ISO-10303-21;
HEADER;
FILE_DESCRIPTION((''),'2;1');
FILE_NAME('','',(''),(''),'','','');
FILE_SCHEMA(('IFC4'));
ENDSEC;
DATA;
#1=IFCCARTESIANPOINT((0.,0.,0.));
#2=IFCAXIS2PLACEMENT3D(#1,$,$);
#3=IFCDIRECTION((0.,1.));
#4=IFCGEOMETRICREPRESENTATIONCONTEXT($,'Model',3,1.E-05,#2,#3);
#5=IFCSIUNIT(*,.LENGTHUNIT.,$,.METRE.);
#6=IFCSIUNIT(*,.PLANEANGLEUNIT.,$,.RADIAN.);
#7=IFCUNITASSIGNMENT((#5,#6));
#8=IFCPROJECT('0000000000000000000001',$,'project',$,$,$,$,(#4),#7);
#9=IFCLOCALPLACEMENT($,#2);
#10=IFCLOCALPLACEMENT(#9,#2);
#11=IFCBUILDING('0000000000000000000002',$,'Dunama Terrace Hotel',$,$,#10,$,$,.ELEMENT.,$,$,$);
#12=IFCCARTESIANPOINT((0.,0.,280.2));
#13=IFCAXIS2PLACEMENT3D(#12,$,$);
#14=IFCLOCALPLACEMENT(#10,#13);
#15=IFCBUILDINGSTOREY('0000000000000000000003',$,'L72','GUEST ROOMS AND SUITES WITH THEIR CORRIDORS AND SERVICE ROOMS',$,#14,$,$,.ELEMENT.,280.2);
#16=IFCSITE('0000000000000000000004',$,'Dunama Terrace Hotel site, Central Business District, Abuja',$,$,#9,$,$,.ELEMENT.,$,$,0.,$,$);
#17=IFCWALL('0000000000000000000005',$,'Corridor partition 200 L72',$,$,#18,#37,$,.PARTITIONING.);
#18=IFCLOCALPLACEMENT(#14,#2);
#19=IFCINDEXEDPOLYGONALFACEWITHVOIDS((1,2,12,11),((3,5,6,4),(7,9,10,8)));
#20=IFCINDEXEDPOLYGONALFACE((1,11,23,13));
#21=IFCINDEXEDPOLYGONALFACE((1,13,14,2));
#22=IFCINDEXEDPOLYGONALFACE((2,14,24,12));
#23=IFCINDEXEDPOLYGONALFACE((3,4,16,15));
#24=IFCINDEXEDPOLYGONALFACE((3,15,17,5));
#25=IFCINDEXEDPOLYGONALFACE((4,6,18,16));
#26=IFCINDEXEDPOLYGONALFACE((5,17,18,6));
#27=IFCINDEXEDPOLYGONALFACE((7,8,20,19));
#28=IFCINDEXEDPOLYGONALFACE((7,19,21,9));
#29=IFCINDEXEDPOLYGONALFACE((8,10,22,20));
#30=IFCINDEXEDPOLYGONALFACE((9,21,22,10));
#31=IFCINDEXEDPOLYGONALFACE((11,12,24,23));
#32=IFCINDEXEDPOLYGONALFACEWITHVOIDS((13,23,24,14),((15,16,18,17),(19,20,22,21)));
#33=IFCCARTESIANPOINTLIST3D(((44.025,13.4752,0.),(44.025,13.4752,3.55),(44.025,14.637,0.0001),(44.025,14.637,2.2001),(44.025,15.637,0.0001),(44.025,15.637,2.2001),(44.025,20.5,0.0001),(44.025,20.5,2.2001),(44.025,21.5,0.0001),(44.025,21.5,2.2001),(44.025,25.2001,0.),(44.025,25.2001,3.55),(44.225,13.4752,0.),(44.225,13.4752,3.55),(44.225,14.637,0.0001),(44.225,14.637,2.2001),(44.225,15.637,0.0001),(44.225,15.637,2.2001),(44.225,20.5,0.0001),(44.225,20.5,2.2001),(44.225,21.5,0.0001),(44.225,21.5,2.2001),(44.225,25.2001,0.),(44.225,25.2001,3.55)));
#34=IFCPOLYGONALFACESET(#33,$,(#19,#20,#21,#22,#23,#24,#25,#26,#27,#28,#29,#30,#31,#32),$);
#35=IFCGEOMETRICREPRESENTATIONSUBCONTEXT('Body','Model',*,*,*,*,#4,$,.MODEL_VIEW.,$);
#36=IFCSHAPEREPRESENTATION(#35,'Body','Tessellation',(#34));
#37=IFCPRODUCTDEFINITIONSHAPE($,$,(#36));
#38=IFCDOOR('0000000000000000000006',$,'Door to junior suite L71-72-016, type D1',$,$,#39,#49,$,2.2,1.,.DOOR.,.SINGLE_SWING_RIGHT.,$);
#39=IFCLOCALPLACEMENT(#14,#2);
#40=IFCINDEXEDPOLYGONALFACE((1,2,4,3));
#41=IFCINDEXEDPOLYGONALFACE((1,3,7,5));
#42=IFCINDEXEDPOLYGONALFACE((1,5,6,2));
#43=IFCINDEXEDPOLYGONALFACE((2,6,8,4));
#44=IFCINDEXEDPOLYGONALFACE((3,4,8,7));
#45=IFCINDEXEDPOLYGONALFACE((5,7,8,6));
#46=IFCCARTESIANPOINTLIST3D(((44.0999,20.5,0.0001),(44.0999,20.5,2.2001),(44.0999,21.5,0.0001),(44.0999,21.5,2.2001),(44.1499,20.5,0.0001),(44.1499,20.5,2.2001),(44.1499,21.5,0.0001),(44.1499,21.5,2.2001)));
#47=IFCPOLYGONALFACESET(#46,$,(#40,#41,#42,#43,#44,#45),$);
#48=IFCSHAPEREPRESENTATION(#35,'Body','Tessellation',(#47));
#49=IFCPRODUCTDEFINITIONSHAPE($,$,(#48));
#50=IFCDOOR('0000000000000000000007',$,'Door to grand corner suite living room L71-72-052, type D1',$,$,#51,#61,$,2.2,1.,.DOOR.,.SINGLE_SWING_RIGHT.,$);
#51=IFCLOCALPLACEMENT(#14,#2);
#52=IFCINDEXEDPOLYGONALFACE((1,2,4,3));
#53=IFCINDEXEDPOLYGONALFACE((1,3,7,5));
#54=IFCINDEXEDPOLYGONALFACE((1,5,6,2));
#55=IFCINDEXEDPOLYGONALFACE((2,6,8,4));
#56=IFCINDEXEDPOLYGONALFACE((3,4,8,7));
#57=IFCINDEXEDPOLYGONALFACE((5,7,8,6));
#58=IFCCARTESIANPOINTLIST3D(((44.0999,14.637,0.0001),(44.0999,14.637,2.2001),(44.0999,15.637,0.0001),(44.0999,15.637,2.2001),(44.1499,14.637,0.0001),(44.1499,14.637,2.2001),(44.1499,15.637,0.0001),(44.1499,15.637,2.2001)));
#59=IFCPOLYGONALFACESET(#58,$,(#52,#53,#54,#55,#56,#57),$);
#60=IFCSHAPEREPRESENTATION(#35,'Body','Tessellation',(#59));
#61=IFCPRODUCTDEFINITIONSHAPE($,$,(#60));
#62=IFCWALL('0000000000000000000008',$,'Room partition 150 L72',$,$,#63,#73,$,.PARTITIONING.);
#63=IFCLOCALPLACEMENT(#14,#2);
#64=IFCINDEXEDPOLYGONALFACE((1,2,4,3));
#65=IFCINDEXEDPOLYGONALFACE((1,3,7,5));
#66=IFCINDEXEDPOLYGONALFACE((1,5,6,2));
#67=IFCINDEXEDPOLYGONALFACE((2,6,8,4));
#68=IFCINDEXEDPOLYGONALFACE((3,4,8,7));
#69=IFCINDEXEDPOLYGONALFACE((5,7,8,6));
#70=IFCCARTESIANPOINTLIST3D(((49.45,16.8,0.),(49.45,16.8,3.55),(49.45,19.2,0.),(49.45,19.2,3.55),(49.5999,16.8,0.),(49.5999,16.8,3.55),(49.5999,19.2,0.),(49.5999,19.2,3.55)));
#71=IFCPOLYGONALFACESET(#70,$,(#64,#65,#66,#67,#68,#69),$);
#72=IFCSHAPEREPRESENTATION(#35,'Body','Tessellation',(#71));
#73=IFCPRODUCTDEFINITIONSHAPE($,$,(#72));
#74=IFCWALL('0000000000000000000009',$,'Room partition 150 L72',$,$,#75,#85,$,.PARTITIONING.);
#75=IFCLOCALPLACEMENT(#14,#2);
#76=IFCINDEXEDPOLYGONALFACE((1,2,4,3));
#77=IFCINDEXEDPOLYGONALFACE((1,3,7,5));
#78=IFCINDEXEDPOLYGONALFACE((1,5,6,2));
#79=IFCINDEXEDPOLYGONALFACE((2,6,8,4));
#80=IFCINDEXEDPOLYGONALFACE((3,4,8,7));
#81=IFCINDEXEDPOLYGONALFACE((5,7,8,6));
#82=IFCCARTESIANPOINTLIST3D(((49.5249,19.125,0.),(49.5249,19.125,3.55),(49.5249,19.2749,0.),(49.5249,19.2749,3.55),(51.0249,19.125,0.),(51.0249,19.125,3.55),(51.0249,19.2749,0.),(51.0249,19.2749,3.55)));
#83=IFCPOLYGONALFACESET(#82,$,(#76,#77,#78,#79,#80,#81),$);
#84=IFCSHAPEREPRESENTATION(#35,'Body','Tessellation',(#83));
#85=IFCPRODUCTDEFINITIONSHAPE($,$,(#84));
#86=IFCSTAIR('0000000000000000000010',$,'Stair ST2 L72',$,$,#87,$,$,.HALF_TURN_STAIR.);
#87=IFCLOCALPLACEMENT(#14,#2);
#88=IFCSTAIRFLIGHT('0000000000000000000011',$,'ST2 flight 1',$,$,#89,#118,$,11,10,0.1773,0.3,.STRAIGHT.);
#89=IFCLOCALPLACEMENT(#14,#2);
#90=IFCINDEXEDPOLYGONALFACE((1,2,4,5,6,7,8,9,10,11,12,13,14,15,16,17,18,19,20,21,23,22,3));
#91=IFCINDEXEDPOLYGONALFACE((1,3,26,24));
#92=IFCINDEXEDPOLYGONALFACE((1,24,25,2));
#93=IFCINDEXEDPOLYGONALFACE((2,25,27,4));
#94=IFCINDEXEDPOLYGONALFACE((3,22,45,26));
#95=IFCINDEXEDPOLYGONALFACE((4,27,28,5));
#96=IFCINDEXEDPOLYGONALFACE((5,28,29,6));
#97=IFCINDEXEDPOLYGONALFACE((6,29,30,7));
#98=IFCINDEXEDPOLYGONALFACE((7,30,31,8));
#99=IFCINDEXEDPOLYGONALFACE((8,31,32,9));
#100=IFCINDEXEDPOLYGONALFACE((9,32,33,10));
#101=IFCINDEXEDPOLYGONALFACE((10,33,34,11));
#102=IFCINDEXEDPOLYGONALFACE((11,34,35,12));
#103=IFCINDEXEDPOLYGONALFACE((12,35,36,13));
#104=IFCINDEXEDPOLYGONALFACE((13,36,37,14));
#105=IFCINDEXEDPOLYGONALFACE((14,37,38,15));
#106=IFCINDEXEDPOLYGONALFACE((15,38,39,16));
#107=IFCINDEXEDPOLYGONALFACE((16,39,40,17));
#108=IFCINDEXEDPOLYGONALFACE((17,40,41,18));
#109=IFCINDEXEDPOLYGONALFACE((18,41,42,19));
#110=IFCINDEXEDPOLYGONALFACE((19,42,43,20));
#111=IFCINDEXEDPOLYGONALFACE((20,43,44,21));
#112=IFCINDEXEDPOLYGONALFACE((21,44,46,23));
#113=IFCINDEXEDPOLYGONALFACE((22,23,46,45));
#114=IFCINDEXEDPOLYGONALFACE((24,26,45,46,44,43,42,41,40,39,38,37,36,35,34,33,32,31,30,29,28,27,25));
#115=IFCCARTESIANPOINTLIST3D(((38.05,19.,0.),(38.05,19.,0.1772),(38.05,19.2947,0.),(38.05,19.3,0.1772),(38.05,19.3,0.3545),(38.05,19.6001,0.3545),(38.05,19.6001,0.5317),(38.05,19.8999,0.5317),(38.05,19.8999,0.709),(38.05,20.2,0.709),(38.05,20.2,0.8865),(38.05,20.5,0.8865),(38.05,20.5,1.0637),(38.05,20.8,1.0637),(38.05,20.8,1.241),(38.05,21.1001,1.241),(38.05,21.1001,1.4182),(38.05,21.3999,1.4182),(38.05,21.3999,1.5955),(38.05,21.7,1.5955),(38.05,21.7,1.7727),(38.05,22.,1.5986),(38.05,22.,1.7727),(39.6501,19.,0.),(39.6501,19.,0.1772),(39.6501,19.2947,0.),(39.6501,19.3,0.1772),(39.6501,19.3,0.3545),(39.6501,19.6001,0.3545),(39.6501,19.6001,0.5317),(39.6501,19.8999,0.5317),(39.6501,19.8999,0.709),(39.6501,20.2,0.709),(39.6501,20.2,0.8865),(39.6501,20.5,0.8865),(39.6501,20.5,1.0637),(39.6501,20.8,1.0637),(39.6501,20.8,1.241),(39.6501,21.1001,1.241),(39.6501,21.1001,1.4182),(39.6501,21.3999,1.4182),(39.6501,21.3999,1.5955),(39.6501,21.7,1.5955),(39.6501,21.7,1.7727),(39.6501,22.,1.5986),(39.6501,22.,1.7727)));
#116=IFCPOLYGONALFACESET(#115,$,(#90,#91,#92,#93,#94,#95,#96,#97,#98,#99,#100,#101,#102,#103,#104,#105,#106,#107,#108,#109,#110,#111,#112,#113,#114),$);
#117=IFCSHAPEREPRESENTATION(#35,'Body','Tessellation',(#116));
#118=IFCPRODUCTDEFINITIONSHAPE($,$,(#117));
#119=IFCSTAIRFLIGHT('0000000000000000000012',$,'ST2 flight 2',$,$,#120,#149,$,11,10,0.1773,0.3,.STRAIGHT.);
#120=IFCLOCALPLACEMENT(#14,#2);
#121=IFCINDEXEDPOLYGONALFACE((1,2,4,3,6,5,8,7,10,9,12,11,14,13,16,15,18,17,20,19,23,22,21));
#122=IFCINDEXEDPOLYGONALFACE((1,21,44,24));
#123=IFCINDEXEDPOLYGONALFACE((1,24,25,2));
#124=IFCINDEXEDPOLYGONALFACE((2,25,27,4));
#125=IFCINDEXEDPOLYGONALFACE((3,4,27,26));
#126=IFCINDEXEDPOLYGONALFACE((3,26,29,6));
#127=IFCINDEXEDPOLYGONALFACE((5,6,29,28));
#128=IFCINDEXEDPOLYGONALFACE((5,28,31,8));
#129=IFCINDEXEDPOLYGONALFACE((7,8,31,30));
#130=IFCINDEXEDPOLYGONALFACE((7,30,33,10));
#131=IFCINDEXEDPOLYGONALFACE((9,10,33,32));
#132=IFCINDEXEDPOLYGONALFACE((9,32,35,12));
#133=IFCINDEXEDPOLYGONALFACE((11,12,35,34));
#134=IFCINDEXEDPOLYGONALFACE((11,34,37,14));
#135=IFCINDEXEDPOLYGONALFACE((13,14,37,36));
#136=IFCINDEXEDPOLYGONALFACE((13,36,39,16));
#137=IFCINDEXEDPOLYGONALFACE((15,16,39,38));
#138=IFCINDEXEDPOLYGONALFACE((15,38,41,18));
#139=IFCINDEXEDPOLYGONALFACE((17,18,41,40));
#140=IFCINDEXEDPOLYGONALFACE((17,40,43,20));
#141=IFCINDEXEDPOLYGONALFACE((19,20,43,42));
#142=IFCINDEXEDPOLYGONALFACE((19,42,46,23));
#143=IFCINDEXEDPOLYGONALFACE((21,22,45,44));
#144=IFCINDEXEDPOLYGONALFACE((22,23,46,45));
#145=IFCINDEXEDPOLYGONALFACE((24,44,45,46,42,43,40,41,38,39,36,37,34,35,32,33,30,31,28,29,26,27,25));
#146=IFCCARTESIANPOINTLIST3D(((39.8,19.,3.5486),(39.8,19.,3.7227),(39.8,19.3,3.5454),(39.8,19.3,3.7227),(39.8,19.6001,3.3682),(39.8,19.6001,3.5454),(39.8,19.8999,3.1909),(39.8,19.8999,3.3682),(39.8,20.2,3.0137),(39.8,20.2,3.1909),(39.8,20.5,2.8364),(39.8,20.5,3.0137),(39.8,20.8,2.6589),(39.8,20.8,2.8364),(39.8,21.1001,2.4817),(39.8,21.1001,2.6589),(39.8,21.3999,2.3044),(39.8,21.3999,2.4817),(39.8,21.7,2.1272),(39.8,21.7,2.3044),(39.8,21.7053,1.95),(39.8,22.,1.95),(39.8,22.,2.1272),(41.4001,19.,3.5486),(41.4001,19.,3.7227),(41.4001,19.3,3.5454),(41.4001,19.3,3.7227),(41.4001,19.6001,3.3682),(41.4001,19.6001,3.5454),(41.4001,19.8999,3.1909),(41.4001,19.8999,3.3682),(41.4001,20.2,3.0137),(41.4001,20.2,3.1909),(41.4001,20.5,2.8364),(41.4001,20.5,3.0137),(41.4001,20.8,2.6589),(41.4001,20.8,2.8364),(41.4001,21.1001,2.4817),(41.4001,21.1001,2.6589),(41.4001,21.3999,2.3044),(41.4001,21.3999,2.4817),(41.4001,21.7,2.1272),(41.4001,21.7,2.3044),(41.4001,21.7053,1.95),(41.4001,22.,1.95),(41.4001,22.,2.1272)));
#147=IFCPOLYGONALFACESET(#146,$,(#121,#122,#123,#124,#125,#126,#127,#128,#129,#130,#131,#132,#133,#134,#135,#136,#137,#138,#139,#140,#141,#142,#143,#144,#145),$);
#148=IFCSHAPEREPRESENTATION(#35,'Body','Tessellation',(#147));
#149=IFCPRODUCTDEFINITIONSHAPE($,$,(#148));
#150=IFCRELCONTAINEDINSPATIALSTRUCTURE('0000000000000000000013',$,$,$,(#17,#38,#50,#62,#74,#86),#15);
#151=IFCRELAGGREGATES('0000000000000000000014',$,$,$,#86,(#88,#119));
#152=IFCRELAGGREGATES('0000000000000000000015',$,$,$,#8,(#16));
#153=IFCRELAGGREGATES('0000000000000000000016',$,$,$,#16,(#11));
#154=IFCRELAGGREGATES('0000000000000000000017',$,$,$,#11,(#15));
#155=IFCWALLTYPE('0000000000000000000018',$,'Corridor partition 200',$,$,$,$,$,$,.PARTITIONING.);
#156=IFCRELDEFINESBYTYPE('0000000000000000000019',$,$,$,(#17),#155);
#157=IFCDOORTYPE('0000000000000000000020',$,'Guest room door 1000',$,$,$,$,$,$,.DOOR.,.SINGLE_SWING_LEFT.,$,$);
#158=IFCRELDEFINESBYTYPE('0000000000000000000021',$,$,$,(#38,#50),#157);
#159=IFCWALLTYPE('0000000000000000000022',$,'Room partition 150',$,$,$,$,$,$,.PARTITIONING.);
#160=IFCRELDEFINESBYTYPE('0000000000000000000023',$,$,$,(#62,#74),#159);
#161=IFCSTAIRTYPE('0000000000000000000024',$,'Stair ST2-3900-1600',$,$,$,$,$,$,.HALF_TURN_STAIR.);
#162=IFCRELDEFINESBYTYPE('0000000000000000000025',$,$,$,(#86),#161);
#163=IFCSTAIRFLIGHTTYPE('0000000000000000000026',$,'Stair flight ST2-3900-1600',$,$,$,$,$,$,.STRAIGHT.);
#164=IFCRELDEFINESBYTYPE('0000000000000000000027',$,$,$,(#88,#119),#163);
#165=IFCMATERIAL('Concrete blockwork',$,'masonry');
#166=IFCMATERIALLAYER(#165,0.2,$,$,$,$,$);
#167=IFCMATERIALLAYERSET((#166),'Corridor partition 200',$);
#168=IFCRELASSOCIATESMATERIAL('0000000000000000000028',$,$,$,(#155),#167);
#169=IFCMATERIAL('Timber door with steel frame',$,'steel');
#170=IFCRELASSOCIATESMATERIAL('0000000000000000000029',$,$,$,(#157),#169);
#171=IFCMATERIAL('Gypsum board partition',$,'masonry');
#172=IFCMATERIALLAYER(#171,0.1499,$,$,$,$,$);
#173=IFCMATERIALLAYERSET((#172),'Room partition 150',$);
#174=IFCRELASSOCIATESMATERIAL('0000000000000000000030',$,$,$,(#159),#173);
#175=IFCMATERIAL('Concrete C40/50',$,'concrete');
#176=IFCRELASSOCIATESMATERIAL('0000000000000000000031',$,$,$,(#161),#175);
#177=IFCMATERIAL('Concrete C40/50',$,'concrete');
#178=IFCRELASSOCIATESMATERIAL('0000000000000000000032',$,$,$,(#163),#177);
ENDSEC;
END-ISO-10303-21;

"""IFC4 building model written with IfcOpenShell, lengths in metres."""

from ifc_helpers import new_model, si_unit, direction, frame, frame_2d, origin, place, context, subcontext, project, spatial, polyline, rectangle, outline, extrude, material, layer, layer_set, type_object, element, fill, aggregate, save


model = new_model("IFC4")

# Units and contexts
model_context = context("Model", 3, precision=1e-05, world=origin(), true_north=direction((0.0, 1.0)))
body_context = subcontext(model_context, "Body", "Model", "MODEL_VIEW")
ifc_project = project(units=[si_unit("LENGTHUNIT", "METRE"), si_unit("PLANEANGLEUNIT", "RADIAN")], contexts=[model_context])

# Site, building, storey
site_placement = place(None, origin())
site = spatial("IfcSite", under=ifc_project, at=site_placement, Name="Dunama Terrace Hotel site, Central Business District, Abuja", CompositionType="ELEMENT", RefElevation=0.0)
building_placement = place(site_placement, origin())
building = spatial("IfcBuilding", under=site, at=building_placement, Name="Dunama Terrace Hotel", CompositionType="ELEMENT")
storey_placement = place(building_placement, frame((0.0, 0.0, 280.2)))
storey = spatial("IfcBuildingStorey", under=building, at=storey_placement, Name="L72", Description="GUEST ROOMS AND SUITES WITH THEIR CORRIDORS AND SERVICE ROOMS", CompositionType="ELEMENT", Elevation=280.2)

# Shared definitions
ifc_material_1 = material(Name="Concrete blockwork", Category="masonry")
ifc_layer_1 = layer(ifc_material_1, 0.2)
ifc_layer_set_1 = layer_set([ifc_layer_1], Name="Corridor partition 200")
wall_type_1 = type_object("IfcWallType", Name="Corridor partition 200", PredefinedType="PARTITIONING", material=ifc_layer_set_1)

# Wall, openings, doors
wall_1_placement = place(storey_placement, frame((44.125, 25.2, 0.0), z_axis=(0.0, 0.0, 1.0), x_axis=(0.0, -1.0, 0.0)))
wall_1 = element("IfcWall", 1, at=wall_1_placement, inside=storey, type_object=wall_type_1, Name="Corridor partition 200 L72", PredefinedType="PARTITIONING", context=body_context, shape_type="SweptSolid", body=[
    extrude(rectangle(XDim=11.7249, YDim=0.2, at=frame_2d((5.8623, 0.0))), origin(), (0.0, 0.0, 1.0), 3.55),
])
opening_1_placement = place(wall_1_placement, frame((3.7, 0.0, 0.0)))
opening_1 = element("IfcOpeningElement", 2, at=opening_1_placement, cuts=wall_1, PredefinedType="OPENING", context=body_context, shape_type="SweptSolid", body=[
    extrude(rectangle(XDim=1.0, YDim=2.2, at=frame_2d((0.5, 1.1001))), frame((0.0, 0.1099, 0.0), z_axis=(0.0, -1.0, 0.0), x_axis=(1.0, 0.0, 0.0)), (0.0, 0.0, 1.0), 0.22),
])
opening_2_placement = place(wall_1_placement, frame((9.563, 0.0, 0.0)))
opening_2 = element("IfcOpeningElement", 3, at=opening_2_placement, cuts=wall_1, PredefinedType="OPENING", context=body_context, shape_type="SweptSolid", body=[
    extrude(rectangle(XDim=1.0, YDim=2.2, at=frame_2d((0.5, 1.1001))), frame((0.0, 0.1099, 0.0), z_axis=(0.0, -1.0, 0.0), x_axis=(1.0, 0.0, 0.0)), (0.0, 0.0, 1.0), 0.22),
])
ifc_material_2 = material(Name="Timber door with steel frame", Category="steel")
door_type_1 = type_object("IfcDoorType", Name="Guest room door 1000", OperationType="SINGLE_SWING_LEFT", PredefinedType="DOOR", material=ifc_material_2)
door_1_placement = place(opening_1_placement, origin())
door_1 = element("IfcDoor", 4, at=door_1_placement, inside=storey, type_object=door_type_1, Name="Door to junior suite L71-72-016, type D1", OperationType="SINGLE_SWING_RIGHT", OverallHeight=2.2, OverallWidth=1.0, PredefinedType="DOOR", context=body_context, shape_type="SweptSolid", body=[
    extrude(rectangle(XDim=1.0, YDim=2.2, at=frame_2d((0.5, 1.1001))), frame((0.0, 0.0249, 0.0), z_axis=(0.0, -1.0, 0.0), x_axis=(1.0, 0.0, 0.0)), (0.0, 0.0, 1.0), 0.05),
])
fill(opening_1, door_1)
door_2_placement = place(opening_2_placement, origin())
door_2 = element("IfcDoor", 5, at=door_2_placement, inside=storey, type_object=door_type_1, Name="Door to grand corner suite living room L71-72-052, type D1", OperationType="SINGLE_SWING_RIGHT", OverallHeight=2.2, OverallWidth=1.0, PredefinedType="DOOR", context=body_context, shape_type="SweptSolid", body=[
    extrude(rectangle(XDim=1.0, YDim=2.2, at=frame_2d((0.5, 1.1001))), frame((0.0, 0.0249, 0.0), z_axis=(0.0, -1.0, 0.0), x_axis=(1.0, 0.0, 0.0)), (0.0, 0.0, 1.0), 0.05),
])
fill(opening_2, door_2)

# Walls
ifc_material_3 = material(Name="Gypsum board partition", Category="masonry")
ifc_layer_2 = layer(ifc_material_3, 0.1499)
ifc_layer_set_2 = layer_set([ifc_layer_2], Name="Room partition 150")
wall_type_2 = type_object("IfcWallType", Name="Room partition 150", PredefinedType="PARTITIONING", material=ifc_layer_set_2)
wall_2_placement = place(storey_placement, frame((49.5249, 16.8, 0.0), z_axis=(0.0, 0.0, 1.0), x_axis=(0.0, 1.0, 0.0)))
element("IfcWall", 6, at=wall_2_placement, inside=storey, type_object=wall_type_2, Name="Room partition 150 L72", PredefinedType="PARTITIONING", context=body_context, shape_type="SweptSolid", body=[
    extrude(rectangle(XDim=2.3999, YDim=0.1499, at=frame_2d((1.2, 0.0))), origin(), (0.0, 0.0, 1.0), 3.55),
])
wall_3_placement = place(storey_placement, frame((49.5249, 19.2, 0.0), z_axis=(0.0, 0.0, 1.0), x_axis=(1.0, 0.0, 0.0)))
element("IfcWall", 7, at=wall_3_placement, inside=storey, type_object=wall_type_2, Name="Room partition 150 L72", PredefinedType="PARTITIONING", context=body_context, shape_type="SweptSolid", body=[
    extrude(rectangle(XDim=1.5, YDim=0.1499, at=frame_2d((0.75, 0.0))), origin(), (0.0, 0.0, 1.0), 3.55),
])

# Stair, stair flights
ifc_material_4 = material(Name="Concrete C40/50", Category="concrete")
stair_type = type_object("IfcStairType", Name="Stair ST2-3900-1600", PredefinedType="HALF_TURN_STAIR", material=ifc_material_4)
stair_placement = place(storey_placement, origin())
stair = element("IfcStair", 8, at=stair_placement, inside=storey, type_object=stair_type, Name="Stair ST2 L72", PredefinedType="HALF_TURN_STAIR")
ifc_material_5 = material(Name="Concrete C40/50", Category="concrete")
stair_flight_type = type_object("IfcStairFlightType", Name="Stair flight ST2-3900-1600", PredefinedType="STRAIGHT", material=ifc_material_5)
stair_flight_1_placement = place(storey_placement, frame((38.8501, 19.0, 0.0), z_axis=(0.0, 0.0, 1.0), x_axis=(0.0, 1.0, 0.0)))
stair_flight_1 = element("IfcStairFlight", 9, at=stair_flight_1_placement, type_object=stair_flight_type, Name="ST2 flight 1", NumberOfRisers=11, NumberOfTreads=10, PredefinedType="STRAIGHT", RiserHeight=0.1773, TreadLength=0.3, context=body_context, shape_type="SweptSolid", body=[
    extrude(outline(polyline([(0.0, 0.0), (0.0, 0.1772), (0.3, 0.1772), (0.3, 0.3545), (0.6001, 0.3545), (0.6001, 0.5317), (0.8999, 0.5317), (0.8999, 0.709), (1.2, 0.709), (1.2, 0.8865), (1.5, 0.8865), (1.5, 1.0637), (1.8, 1.0637), (1.8, 1.241), (2.1001, 1.241), (2.1001, 1.4182), (2.3999, 1.4182), (2.3999, 1.5955), (2.7, 1.5955), (2.7, 1.7727), (3.0, 1.7727), (3.0, 1.95), (3.0, 1.5986), (0.2947, 0.0), (0.0, 0.0)])), frame((0.0, 0.8, 0.0), z_axis=(0.0, -1.0, 0.0), x_axis=(1.0, 0.0, 0.0)), (0.0, 0.0, 1.0), 1.6001),
])
stair_flight_2_placement = place(storey_placement, frame((40.6001, 22.0, 1.95), z_axis=(0.0, 0.0, 1.0), x_axis=(0.0, -1.0, 0.0)))
stair_flight_2 = element("IfcStairFlight", 10, at=stair_flight_2_placement, type_object=stair_flight_type, Name="ST2 flight 2", NumberOfRisers=11, NumberOfTreads=10, PredefinedType="STRAIGHT", RiserHeight=0.1773, TreadLength=0.3, context=body_context, shape_type="SweptSolid", body=[
    extrude(outline(polyline([(0.0, 0.0), (0.0, 0.1772), (0.3, 0.1772), (0.3, 0.3545), (0.6001, 0.3545), (0.6001, 0.5317), (0.8999, 0.5317), (0.8999, 0.709), (1.2, 0.709), (1.2, 0.8865), (1.5, 0.8865), (1.5, 1.0637), (1.8, 1.0637), (1.8, 1.241), (2.1001, 1.241), (2.1001, 1.4182), (2.3999, 1.4182), (2.3999, 1.5955), (2.7, 1.5955), (2.7, 1.7727), (3.0, 1.7727), (3.0, 1.95), (3.0, 1.5986), (0.2947, 0.0), (0.0, 0.0)])), frame((0.0, 0.8, 0.0), z_axis=(0.0, -1.0, 0.0), x_axis=(1.0, 0.0, 0.0)), (0.0, 0.0, 1.0), 1.6001),
])
aggregate(stair, [stair_flight_1, stair_flight_2])

save(model, "model.ifc")
